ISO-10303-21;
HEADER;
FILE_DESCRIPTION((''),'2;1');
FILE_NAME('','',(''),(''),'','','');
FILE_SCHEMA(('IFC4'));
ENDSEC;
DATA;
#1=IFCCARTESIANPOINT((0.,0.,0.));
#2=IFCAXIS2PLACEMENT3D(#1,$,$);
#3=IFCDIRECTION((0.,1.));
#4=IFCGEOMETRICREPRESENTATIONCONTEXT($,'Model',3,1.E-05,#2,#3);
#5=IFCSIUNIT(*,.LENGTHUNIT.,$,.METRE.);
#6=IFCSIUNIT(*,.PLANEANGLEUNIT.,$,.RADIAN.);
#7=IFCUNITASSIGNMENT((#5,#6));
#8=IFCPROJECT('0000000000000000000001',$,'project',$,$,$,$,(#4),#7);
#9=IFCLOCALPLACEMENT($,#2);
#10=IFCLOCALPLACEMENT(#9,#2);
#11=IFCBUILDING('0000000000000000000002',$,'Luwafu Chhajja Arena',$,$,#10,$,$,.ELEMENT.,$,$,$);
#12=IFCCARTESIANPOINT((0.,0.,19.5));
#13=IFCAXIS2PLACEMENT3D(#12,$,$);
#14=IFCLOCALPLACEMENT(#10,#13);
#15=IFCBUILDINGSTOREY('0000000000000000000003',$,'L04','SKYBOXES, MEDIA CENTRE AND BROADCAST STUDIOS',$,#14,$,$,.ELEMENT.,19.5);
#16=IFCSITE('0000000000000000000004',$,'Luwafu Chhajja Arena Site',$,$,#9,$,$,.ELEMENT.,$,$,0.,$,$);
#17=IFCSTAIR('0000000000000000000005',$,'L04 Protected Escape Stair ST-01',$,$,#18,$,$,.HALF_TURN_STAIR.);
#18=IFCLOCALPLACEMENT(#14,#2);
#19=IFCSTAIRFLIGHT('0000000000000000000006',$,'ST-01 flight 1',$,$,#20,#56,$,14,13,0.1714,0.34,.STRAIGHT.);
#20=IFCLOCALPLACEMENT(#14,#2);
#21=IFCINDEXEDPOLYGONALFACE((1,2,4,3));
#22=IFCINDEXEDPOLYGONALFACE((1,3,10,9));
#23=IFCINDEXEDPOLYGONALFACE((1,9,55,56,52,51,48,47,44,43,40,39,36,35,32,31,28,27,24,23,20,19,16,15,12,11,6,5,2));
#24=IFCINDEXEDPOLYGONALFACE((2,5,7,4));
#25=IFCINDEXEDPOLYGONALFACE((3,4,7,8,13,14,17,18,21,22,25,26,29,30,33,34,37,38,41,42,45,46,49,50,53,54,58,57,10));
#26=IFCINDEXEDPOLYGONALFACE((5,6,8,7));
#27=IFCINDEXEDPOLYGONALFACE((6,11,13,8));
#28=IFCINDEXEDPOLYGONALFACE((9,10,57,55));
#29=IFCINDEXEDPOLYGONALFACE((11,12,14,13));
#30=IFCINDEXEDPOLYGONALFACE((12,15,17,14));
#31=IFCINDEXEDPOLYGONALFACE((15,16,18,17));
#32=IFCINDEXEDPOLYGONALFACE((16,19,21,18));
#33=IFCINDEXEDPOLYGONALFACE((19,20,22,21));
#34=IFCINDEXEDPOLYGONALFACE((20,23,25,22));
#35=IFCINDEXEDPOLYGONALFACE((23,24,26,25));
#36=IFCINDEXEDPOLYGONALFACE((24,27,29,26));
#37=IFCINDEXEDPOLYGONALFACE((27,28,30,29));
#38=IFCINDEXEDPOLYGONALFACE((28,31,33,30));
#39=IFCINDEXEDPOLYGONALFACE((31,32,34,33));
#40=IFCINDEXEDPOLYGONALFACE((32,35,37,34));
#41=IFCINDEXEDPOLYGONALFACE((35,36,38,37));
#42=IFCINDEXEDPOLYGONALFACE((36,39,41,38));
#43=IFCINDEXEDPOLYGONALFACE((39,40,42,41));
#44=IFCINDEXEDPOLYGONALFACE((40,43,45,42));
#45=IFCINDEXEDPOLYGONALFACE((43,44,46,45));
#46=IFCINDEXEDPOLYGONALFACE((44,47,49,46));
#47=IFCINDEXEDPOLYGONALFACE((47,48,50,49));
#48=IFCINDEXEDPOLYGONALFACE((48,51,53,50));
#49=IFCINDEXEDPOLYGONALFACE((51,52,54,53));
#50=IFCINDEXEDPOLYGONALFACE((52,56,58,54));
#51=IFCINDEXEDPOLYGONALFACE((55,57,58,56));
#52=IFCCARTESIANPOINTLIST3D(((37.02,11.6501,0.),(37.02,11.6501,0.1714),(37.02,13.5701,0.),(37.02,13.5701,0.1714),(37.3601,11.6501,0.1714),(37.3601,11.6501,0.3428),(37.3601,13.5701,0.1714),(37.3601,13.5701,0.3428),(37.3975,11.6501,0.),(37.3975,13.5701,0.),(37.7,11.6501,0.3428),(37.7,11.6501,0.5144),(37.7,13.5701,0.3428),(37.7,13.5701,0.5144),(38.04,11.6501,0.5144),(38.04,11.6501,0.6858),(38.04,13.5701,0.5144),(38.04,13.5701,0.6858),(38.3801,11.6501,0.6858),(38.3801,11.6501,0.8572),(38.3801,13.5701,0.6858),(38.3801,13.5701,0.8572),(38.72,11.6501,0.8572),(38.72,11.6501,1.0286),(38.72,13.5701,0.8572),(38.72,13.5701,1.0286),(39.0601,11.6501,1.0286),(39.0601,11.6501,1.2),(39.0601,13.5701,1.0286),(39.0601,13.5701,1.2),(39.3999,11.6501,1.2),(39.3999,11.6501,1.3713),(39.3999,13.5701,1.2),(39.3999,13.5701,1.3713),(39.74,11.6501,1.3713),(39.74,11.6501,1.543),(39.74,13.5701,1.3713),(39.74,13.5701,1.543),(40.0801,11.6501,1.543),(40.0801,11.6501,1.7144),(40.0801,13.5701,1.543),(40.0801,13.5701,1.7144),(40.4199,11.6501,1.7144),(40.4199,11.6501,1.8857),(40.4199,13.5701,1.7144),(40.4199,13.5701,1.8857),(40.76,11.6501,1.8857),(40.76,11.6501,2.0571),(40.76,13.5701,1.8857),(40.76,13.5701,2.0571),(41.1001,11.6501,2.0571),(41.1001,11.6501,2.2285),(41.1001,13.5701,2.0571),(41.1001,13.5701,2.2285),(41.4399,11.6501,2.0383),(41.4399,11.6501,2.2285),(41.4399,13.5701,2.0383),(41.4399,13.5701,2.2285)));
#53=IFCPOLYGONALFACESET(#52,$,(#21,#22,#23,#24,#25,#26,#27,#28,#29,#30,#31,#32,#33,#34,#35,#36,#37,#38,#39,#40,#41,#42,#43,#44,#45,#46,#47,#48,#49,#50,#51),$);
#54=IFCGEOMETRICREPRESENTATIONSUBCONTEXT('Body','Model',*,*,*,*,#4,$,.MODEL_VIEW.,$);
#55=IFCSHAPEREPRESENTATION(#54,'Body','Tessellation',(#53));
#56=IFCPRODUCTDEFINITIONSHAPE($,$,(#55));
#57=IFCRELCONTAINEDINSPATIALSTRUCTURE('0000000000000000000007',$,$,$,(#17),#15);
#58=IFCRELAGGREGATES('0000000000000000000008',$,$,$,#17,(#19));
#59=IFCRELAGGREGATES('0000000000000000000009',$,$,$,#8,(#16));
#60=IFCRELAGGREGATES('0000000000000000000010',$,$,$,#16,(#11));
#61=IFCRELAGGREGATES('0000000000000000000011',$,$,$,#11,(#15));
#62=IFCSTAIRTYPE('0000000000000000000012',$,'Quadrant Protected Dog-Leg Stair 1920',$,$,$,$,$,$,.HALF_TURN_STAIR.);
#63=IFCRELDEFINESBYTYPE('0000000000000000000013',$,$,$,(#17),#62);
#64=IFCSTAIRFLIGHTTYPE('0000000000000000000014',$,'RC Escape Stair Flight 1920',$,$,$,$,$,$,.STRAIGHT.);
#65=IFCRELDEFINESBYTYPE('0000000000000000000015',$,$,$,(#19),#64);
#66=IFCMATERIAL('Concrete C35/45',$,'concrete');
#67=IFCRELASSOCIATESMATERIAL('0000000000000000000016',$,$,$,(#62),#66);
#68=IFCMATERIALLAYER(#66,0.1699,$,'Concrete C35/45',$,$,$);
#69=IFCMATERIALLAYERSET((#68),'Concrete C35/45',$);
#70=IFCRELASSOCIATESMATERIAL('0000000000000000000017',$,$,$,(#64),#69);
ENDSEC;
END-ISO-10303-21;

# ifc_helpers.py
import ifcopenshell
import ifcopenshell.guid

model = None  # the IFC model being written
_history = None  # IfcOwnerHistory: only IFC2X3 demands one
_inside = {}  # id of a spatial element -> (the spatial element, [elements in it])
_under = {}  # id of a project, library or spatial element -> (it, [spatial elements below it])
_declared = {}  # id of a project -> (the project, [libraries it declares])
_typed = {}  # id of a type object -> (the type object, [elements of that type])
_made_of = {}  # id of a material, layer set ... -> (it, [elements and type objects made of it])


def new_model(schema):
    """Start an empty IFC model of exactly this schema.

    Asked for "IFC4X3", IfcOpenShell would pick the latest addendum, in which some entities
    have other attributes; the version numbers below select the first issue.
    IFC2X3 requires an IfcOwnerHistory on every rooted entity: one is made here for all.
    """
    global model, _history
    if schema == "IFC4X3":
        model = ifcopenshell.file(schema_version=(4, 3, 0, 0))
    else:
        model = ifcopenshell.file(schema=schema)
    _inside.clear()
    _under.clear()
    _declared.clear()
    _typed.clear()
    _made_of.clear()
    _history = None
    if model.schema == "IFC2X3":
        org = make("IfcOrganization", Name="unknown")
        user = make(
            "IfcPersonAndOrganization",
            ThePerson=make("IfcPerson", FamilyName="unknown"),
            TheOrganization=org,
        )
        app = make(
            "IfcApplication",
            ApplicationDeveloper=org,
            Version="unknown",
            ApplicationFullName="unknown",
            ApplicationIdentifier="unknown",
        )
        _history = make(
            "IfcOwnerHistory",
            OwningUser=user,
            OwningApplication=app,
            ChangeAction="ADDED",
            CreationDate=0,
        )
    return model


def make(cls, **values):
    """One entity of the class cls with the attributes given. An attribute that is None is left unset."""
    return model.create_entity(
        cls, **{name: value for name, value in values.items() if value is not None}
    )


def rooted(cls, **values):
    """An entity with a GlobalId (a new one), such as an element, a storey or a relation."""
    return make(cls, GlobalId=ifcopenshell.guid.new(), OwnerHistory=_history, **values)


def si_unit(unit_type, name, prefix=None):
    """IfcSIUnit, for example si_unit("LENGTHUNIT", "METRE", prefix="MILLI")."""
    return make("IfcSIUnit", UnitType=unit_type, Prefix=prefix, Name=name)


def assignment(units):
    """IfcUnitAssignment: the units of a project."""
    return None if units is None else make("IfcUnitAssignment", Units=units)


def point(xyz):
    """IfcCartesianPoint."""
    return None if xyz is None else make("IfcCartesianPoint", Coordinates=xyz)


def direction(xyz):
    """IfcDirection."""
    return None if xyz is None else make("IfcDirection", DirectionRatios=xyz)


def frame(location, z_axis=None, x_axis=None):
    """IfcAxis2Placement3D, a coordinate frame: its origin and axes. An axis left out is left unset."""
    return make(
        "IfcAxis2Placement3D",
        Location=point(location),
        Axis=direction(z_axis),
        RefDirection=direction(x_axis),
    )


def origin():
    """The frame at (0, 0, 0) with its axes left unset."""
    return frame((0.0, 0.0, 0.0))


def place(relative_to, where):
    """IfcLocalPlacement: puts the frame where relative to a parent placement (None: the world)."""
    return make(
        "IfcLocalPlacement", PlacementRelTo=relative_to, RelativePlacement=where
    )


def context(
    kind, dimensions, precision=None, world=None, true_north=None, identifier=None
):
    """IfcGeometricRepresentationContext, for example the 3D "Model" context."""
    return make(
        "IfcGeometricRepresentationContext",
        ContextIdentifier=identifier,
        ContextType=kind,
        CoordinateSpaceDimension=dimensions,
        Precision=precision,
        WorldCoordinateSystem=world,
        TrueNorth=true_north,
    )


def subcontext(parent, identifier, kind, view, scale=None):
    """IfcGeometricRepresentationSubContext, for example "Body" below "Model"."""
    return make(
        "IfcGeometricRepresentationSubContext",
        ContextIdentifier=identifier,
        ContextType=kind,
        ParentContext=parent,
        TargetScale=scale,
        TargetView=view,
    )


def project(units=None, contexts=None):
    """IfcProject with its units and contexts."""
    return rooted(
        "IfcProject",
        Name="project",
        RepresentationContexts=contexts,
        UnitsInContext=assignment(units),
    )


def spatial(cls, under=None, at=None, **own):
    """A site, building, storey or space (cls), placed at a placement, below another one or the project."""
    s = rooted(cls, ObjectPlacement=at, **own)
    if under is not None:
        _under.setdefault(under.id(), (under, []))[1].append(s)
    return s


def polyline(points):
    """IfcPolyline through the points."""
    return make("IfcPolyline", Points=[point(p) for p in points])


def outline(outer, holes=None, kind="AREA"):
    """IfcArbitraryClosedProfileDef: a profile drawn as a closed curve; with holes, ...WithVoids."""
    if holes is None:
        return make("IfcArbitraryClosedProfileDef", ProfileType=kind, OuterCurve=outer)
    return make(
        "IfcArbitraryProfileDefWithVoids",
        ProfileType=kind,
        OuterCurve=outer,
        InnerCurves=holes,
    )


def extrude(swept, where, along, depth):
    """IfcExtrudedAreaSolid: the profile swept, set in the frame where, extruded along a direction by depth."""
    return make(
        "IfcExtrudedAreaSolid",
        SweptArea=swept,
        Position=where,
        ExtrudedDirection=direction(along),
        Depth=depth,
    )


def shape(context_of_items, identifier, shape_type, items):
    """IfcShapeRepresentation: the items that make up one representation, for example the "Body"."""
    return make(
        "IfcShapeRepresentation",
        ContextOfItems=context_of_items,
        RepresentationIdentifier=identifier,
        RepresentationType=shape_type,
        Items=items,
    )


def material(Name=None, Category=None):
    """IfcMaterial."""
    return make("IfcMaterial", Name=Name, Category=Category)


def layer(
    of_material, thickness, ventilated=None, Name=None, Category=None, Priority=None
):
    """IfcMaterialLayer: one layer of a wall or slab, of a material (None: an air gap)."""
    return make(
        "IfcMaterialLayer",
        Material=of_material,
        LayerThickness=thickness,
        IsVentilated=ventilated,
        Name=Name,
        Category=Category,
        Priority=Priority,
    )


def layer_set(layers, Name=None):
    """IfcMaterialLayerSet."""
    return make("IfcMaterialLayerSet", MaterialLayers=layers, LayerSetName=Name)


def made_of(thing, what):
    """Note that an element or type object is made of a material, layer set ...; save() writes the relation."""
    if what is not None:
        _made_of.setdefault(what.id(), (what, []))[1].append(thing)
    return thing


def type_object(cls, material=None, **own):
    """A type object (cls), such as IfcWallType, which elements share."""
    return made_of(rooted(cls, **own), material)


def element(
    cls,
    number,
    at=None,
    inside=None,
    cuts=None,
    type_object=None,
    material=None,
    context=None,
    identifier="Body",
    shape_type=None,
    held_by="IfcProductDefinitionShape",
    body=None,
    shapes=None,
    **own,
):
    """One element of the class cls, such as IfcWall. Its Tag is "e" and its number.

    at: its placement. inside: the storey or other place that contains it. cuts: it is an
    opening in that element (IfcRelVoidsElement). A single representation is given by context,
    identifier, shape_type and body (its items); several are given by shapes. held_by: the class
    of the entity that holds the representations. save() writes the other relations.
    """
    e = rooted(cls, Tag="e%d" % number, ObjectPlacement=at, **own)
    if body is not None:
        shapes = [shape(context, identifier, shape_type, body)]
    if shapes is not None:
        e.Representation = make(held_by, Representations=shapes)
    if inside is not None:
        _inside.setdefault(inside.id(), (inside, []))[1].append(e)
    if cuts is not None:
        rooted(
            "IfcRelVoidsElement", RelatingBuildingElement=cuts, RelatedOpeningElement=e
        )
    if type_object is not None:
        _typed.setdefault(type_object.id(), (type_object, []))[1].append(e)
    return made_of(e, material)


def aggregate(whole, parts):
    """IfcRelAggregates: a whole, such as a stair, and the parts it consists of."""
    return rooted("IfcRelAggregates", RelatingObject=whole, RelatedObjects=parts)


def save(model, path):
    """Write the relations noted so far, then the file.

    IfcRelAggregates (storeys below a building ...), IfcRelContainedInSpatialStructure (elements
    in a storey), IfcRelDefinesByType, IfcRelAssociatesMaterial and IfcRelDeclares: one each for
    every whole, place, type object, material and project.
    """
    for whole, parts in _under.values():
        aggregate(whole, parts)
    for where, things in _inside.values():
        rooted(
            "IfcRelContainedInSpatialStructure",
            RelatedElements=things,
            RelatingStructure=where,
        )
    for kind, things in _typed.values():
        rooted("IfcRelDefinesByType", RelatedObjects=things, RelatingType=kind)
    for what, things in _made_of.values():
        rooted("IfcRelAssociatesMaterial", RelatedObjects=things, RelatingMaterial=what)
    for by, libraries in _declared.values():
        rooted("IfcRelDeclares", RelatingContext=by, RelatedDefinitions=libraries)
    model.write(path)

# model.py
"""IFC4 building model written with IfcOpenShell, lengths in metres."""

from ifc_helpers import new_model, si_unit, direction, frame, origin, place, context, subcontext, project, spatial, polyline, outline, extrude, material, layer, layer_set, type_object, element, aggregate, save


model = new_model("IFC4")

# Units and contexts
model_context = context("Model", 3, precision=1e-05, world=origin(), true_north=direction((0.0, 1.0)))
body_context = subcontext(model_context, "Body", "Model", "MODEL_VIEW")
ifc_project = project(units=[si_unit("LENGTHUNIT", "METRE"), si_unit("PLANEANGLEUNIT", "RADIAN")], contexts=[model_context])

# Site, building, storey
site_placement = place(None, origin())
site = spatial("IfcSite", under=ifc_project, at=site_placement, Name="Luwafu Chhajja Arena Site", CompositionType="ELEMENT", RefElevation=0.0)
building_placement = place(site_placement, origin())
building = spatial("IfcBuilding", under=site, at=building_placement, Name="Luwafu Chhajja Arena", CompositionType="ELEMENT")
storey_placement = place(building_placement, frame((0.0, 0.0, 19.5)))
storey = spatial("IfcBuildingStorey", under=building, at=storey_placement, Name="L04", Description="SKYBOXES, MEDIA CENTRE AND BROADCAST STUDIOS", CompositionType="ELEMENT", Elevation=19.5)

# Shared definitions
ifc_material_1 = material(Name="Concrete C35/45", Category="concrete")

# Stair, stair flight
stair_type = type_object("IfcStairType", Name="Quadrant Protected Dog-Leg Stair 1920", PredefinedType="HALF_TURN_STAIR", material=ifc_material_1)
stair_placement = place(storey_placement, origin())
stair = element("IfcStair", 1, at=stair_placement, inside=storey, type_object=stair_type, Name="L04 Protected Escape Stair ST-01", PredefinedType="HALF_TURN_STAIR")
ifc_layer_1 = layer(ifc_material_1, 0.1699, Name="Concrete C35/45")
ifc_layer_set_1 = layer_set([ifc_layer_1], Name="Concrete C35/45")
stair_flight_type = type_object("IfcStairFlightType", Name="RC Escape Stair Flight 1920", PredefinedType="STRAIGHT", material=ifc_layer_set_1)
stair_flight_placement = place(storey_placement, frame((37.02, 12.6101, 0.0), z_axis=(0.0, 0.0, 1.0), x_axis=(1.0, 0.0, 0.0)))
stair_flight = element("IfcStairFlight", 2, at=stair_flight_placement, type_object=stair_flight_type, Name="ST-01 flight 1", NumberOfRisers=14, NumberOfTreads=13, PredefinedType="STRAIGHT", RiserHeight=0.1714, TreadLength=0.34, context=body_context, shape_type="SweptSolid", body=[
    extrude(outline(polyline([(0.0, 0.0), (0.0, 0.1714), (0.3401, 0.1714), (0.3401, 0.3428), (0.6799, 0.3428), (0.6799, 0.5144), (1.02, 0.5144), (1.02, 0.6858), (1.3601, 0.6858), (1.3601, 0.8572), (1.7, 0.8572), (1.7, 1.0286), (2.04, 1.0286), (2.04, 1.2), (2.3799, 1.2), (2.3799, 1.3713), (2.72, 1.3713), (2.72, 1.543), (3.0601, 1.543), (3.0601, 1.7144), (3.3999, 1.7144), (3.3999, 1.8857), (3.74, 1.8857), (3.74, 2.0571), (4.0801, 2.0571), (4.0801, 2.2285), (4.4199, 2.2285), (4.4199, 2.3999), (4.4199, 2.0383), (0.3774, 0.0), (0.0, 0.0)])), frame((0.0, 0.96, 0.0), z_axis=(0.0, -1.0, 0.0), x_axis=(1.0, 0.0, 0.0)), (0.0, 0.0, 1.0), 1.9199),
])
aggregate(stair, [stair_flight])

save(model, "model.ifc")
